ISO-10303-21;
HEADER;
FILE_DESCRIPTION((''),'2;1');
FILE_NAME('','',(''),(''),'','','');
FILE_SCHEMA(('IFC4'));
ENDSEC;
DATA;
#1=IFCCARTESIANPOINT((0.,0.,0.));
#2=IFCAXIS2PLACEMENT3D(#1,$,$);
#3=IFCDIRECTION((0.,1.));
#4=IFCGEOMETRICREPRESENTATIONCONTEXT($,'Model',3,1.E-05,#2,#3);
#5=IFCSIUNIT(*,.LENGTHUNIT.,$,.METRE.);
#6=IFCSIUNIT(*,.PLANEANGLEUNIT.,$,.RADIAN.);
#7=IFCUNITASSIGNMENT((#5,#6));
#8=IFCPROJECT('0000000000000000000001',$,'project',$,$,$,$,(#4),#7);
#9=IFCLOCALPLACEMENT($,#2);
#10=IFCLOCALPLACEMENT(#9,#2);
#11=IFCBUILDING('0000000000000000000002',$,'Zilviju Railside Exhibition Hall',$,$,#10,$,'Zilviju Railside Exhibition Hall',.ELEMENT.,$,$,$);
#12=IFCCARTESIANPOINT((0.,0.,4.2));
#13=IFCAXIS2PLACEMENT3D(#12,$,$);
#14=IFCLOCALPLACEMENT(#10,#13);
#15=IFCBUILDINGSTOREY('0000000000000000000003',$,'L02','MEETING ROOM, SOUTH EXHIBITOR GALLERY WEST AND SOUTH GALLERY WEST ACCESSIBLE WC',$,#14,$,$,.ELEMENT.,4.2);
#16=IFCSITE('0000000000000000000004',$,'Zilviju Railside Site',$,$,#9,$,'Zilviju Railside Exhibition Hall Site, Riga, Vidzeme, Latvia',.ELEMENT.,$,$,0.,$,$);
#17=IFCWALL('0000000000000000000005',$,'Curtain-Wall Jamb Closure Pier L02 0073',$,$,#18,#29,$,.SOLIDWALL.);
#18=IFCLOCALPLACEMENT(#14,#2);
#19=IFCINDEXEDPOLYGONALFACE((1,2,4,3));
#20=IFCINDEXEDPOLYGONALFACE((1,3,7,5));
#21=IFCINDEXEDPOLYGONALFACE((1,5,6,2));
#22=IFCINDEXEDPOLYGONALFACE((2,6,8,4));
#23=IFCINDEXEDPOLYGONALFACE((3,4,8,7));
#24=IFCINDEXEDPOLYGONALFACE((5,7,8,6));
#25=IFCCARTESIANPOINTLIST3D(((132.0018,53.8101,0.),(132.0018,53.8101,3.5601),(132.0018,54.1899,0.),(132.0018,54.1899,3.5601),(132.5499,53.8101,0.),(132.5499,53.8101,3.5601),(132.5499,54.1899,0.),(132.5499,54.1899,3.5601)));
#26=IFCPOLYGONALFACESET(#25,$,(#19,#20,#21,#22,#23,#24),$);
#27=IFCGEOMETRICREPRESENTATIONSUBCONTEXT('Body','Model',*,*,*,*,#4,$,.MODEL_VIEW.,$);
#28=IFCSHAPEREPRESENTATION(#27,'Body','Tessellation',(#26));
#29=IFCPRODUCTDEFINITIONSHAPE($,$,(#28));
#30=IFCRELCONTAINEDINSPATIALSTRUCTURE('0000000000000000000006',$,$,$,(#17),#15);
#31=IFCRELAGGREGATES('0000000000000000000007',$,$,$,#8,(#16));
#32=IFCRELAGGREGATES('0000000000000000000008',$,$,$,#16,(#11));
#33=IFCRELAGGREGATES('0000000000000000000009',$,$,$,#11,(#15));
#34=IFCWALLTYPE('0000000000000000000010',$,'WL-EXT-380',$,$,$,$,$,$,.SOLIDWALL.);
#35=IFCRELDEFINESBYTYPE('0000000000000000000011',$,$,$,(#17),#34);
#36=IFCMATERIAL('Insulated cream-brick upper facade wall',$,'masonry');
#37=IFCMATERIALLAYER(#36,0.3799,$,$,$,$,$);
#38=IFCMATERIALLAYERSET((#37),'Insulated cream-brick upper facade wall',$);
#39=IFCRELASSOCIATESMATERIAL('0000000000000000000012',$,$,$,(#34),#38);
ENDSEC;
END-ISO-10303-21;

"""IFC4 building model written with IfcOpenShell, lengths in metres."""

from ifc_helpers import new_model, si_unit, direction, frame, frame_2d, origin, place, context, subcontext, project, spatial, rectangle, extrude, material, layer, layer_set, type_object, element, save


model = new_model("IFC4")

# Units and contexts
model_context = context("Model", 3, precision=1e-05, world=origin(), true_north=direction((0.0, 1.0)))
body_context = subcontext(model_context, "Body", "Model", "MODEL_VIEW")
ifc_project = project(units=[si_unit("LENGTHUNIT", "METRE"), si_unit("PLANEANGLEUNIT", "RADIAN")], contexts=[model_context])

# Site, building, storey
site_placement = place(None, origin())
site = spatial("IfcSite", under=ifc_project, at=site_placement, Name="Zilviju Railside Site", LongName="Zilviju Railside Exhibition Hall Site, Riga, Vidzeme, Latvia", CompositionType="ELEMENT", RefElevation=0.0)
building_placement = place(site_placement, origin())
building = spatial("IfcBuilding", under=site, at=building_placement, Name="Zilviju Railside Exhibition Hall", LongName="Zilviju Railside Exhibition Hall", CompositionType="ELEMENT")
storey_placement = place(building_placement, frame((0.0, 0.0, 4.2)))
storey = spatial("IfcBuildingStorey", under=building, at=storey_placement, Name="L02", Description="MEETING ROOM, SOUTH EXHIBITOR GALLERY WEST AND SOUTH GALLERY WEST ACCESSIBLE WC", CompositionType="ELEMENT", Elevation=4.2)

# Wall
ifc_material_1 = material(Name="Insulated cream-brick upper facade wall", Category="masonry")
ifc_layer_1 = layer(ifc_material_1, 0.3799)
ifc_layer_set_1 = layer_set([ifc_layer_1], Name="Insulated cream-brick upper facade wall")
wall_type = type_object("IfcWallType", Name="WL-EXT-380", PredefinedType="SOLIDWALL", material=ifc_layer_set_1)
wall_1_placement = place(storey_placement, frame((132.002, 54.0, 0.0), z_axis=(0.0, 0.0, 1.0), x_axis=(1.0, 0.0, 0.0)))
element("IfcWall", 1, at=wall_1_placement, inside=storey, type_object=wall_type, Name="Curtain-Wall Jamb Closure Pier L02 0073", PredefinedType="SOLIDWALL", context=body_context, shape_type="SweptSolid", body=[
    extrude(rectangle(XDim=0.5481, YDim=0.3799, at=frame_2d((0.2739, 0.0))), origin(), (0.0, 0.0, 1.0), 3.5601),
])

save(model, "model.ifc")
